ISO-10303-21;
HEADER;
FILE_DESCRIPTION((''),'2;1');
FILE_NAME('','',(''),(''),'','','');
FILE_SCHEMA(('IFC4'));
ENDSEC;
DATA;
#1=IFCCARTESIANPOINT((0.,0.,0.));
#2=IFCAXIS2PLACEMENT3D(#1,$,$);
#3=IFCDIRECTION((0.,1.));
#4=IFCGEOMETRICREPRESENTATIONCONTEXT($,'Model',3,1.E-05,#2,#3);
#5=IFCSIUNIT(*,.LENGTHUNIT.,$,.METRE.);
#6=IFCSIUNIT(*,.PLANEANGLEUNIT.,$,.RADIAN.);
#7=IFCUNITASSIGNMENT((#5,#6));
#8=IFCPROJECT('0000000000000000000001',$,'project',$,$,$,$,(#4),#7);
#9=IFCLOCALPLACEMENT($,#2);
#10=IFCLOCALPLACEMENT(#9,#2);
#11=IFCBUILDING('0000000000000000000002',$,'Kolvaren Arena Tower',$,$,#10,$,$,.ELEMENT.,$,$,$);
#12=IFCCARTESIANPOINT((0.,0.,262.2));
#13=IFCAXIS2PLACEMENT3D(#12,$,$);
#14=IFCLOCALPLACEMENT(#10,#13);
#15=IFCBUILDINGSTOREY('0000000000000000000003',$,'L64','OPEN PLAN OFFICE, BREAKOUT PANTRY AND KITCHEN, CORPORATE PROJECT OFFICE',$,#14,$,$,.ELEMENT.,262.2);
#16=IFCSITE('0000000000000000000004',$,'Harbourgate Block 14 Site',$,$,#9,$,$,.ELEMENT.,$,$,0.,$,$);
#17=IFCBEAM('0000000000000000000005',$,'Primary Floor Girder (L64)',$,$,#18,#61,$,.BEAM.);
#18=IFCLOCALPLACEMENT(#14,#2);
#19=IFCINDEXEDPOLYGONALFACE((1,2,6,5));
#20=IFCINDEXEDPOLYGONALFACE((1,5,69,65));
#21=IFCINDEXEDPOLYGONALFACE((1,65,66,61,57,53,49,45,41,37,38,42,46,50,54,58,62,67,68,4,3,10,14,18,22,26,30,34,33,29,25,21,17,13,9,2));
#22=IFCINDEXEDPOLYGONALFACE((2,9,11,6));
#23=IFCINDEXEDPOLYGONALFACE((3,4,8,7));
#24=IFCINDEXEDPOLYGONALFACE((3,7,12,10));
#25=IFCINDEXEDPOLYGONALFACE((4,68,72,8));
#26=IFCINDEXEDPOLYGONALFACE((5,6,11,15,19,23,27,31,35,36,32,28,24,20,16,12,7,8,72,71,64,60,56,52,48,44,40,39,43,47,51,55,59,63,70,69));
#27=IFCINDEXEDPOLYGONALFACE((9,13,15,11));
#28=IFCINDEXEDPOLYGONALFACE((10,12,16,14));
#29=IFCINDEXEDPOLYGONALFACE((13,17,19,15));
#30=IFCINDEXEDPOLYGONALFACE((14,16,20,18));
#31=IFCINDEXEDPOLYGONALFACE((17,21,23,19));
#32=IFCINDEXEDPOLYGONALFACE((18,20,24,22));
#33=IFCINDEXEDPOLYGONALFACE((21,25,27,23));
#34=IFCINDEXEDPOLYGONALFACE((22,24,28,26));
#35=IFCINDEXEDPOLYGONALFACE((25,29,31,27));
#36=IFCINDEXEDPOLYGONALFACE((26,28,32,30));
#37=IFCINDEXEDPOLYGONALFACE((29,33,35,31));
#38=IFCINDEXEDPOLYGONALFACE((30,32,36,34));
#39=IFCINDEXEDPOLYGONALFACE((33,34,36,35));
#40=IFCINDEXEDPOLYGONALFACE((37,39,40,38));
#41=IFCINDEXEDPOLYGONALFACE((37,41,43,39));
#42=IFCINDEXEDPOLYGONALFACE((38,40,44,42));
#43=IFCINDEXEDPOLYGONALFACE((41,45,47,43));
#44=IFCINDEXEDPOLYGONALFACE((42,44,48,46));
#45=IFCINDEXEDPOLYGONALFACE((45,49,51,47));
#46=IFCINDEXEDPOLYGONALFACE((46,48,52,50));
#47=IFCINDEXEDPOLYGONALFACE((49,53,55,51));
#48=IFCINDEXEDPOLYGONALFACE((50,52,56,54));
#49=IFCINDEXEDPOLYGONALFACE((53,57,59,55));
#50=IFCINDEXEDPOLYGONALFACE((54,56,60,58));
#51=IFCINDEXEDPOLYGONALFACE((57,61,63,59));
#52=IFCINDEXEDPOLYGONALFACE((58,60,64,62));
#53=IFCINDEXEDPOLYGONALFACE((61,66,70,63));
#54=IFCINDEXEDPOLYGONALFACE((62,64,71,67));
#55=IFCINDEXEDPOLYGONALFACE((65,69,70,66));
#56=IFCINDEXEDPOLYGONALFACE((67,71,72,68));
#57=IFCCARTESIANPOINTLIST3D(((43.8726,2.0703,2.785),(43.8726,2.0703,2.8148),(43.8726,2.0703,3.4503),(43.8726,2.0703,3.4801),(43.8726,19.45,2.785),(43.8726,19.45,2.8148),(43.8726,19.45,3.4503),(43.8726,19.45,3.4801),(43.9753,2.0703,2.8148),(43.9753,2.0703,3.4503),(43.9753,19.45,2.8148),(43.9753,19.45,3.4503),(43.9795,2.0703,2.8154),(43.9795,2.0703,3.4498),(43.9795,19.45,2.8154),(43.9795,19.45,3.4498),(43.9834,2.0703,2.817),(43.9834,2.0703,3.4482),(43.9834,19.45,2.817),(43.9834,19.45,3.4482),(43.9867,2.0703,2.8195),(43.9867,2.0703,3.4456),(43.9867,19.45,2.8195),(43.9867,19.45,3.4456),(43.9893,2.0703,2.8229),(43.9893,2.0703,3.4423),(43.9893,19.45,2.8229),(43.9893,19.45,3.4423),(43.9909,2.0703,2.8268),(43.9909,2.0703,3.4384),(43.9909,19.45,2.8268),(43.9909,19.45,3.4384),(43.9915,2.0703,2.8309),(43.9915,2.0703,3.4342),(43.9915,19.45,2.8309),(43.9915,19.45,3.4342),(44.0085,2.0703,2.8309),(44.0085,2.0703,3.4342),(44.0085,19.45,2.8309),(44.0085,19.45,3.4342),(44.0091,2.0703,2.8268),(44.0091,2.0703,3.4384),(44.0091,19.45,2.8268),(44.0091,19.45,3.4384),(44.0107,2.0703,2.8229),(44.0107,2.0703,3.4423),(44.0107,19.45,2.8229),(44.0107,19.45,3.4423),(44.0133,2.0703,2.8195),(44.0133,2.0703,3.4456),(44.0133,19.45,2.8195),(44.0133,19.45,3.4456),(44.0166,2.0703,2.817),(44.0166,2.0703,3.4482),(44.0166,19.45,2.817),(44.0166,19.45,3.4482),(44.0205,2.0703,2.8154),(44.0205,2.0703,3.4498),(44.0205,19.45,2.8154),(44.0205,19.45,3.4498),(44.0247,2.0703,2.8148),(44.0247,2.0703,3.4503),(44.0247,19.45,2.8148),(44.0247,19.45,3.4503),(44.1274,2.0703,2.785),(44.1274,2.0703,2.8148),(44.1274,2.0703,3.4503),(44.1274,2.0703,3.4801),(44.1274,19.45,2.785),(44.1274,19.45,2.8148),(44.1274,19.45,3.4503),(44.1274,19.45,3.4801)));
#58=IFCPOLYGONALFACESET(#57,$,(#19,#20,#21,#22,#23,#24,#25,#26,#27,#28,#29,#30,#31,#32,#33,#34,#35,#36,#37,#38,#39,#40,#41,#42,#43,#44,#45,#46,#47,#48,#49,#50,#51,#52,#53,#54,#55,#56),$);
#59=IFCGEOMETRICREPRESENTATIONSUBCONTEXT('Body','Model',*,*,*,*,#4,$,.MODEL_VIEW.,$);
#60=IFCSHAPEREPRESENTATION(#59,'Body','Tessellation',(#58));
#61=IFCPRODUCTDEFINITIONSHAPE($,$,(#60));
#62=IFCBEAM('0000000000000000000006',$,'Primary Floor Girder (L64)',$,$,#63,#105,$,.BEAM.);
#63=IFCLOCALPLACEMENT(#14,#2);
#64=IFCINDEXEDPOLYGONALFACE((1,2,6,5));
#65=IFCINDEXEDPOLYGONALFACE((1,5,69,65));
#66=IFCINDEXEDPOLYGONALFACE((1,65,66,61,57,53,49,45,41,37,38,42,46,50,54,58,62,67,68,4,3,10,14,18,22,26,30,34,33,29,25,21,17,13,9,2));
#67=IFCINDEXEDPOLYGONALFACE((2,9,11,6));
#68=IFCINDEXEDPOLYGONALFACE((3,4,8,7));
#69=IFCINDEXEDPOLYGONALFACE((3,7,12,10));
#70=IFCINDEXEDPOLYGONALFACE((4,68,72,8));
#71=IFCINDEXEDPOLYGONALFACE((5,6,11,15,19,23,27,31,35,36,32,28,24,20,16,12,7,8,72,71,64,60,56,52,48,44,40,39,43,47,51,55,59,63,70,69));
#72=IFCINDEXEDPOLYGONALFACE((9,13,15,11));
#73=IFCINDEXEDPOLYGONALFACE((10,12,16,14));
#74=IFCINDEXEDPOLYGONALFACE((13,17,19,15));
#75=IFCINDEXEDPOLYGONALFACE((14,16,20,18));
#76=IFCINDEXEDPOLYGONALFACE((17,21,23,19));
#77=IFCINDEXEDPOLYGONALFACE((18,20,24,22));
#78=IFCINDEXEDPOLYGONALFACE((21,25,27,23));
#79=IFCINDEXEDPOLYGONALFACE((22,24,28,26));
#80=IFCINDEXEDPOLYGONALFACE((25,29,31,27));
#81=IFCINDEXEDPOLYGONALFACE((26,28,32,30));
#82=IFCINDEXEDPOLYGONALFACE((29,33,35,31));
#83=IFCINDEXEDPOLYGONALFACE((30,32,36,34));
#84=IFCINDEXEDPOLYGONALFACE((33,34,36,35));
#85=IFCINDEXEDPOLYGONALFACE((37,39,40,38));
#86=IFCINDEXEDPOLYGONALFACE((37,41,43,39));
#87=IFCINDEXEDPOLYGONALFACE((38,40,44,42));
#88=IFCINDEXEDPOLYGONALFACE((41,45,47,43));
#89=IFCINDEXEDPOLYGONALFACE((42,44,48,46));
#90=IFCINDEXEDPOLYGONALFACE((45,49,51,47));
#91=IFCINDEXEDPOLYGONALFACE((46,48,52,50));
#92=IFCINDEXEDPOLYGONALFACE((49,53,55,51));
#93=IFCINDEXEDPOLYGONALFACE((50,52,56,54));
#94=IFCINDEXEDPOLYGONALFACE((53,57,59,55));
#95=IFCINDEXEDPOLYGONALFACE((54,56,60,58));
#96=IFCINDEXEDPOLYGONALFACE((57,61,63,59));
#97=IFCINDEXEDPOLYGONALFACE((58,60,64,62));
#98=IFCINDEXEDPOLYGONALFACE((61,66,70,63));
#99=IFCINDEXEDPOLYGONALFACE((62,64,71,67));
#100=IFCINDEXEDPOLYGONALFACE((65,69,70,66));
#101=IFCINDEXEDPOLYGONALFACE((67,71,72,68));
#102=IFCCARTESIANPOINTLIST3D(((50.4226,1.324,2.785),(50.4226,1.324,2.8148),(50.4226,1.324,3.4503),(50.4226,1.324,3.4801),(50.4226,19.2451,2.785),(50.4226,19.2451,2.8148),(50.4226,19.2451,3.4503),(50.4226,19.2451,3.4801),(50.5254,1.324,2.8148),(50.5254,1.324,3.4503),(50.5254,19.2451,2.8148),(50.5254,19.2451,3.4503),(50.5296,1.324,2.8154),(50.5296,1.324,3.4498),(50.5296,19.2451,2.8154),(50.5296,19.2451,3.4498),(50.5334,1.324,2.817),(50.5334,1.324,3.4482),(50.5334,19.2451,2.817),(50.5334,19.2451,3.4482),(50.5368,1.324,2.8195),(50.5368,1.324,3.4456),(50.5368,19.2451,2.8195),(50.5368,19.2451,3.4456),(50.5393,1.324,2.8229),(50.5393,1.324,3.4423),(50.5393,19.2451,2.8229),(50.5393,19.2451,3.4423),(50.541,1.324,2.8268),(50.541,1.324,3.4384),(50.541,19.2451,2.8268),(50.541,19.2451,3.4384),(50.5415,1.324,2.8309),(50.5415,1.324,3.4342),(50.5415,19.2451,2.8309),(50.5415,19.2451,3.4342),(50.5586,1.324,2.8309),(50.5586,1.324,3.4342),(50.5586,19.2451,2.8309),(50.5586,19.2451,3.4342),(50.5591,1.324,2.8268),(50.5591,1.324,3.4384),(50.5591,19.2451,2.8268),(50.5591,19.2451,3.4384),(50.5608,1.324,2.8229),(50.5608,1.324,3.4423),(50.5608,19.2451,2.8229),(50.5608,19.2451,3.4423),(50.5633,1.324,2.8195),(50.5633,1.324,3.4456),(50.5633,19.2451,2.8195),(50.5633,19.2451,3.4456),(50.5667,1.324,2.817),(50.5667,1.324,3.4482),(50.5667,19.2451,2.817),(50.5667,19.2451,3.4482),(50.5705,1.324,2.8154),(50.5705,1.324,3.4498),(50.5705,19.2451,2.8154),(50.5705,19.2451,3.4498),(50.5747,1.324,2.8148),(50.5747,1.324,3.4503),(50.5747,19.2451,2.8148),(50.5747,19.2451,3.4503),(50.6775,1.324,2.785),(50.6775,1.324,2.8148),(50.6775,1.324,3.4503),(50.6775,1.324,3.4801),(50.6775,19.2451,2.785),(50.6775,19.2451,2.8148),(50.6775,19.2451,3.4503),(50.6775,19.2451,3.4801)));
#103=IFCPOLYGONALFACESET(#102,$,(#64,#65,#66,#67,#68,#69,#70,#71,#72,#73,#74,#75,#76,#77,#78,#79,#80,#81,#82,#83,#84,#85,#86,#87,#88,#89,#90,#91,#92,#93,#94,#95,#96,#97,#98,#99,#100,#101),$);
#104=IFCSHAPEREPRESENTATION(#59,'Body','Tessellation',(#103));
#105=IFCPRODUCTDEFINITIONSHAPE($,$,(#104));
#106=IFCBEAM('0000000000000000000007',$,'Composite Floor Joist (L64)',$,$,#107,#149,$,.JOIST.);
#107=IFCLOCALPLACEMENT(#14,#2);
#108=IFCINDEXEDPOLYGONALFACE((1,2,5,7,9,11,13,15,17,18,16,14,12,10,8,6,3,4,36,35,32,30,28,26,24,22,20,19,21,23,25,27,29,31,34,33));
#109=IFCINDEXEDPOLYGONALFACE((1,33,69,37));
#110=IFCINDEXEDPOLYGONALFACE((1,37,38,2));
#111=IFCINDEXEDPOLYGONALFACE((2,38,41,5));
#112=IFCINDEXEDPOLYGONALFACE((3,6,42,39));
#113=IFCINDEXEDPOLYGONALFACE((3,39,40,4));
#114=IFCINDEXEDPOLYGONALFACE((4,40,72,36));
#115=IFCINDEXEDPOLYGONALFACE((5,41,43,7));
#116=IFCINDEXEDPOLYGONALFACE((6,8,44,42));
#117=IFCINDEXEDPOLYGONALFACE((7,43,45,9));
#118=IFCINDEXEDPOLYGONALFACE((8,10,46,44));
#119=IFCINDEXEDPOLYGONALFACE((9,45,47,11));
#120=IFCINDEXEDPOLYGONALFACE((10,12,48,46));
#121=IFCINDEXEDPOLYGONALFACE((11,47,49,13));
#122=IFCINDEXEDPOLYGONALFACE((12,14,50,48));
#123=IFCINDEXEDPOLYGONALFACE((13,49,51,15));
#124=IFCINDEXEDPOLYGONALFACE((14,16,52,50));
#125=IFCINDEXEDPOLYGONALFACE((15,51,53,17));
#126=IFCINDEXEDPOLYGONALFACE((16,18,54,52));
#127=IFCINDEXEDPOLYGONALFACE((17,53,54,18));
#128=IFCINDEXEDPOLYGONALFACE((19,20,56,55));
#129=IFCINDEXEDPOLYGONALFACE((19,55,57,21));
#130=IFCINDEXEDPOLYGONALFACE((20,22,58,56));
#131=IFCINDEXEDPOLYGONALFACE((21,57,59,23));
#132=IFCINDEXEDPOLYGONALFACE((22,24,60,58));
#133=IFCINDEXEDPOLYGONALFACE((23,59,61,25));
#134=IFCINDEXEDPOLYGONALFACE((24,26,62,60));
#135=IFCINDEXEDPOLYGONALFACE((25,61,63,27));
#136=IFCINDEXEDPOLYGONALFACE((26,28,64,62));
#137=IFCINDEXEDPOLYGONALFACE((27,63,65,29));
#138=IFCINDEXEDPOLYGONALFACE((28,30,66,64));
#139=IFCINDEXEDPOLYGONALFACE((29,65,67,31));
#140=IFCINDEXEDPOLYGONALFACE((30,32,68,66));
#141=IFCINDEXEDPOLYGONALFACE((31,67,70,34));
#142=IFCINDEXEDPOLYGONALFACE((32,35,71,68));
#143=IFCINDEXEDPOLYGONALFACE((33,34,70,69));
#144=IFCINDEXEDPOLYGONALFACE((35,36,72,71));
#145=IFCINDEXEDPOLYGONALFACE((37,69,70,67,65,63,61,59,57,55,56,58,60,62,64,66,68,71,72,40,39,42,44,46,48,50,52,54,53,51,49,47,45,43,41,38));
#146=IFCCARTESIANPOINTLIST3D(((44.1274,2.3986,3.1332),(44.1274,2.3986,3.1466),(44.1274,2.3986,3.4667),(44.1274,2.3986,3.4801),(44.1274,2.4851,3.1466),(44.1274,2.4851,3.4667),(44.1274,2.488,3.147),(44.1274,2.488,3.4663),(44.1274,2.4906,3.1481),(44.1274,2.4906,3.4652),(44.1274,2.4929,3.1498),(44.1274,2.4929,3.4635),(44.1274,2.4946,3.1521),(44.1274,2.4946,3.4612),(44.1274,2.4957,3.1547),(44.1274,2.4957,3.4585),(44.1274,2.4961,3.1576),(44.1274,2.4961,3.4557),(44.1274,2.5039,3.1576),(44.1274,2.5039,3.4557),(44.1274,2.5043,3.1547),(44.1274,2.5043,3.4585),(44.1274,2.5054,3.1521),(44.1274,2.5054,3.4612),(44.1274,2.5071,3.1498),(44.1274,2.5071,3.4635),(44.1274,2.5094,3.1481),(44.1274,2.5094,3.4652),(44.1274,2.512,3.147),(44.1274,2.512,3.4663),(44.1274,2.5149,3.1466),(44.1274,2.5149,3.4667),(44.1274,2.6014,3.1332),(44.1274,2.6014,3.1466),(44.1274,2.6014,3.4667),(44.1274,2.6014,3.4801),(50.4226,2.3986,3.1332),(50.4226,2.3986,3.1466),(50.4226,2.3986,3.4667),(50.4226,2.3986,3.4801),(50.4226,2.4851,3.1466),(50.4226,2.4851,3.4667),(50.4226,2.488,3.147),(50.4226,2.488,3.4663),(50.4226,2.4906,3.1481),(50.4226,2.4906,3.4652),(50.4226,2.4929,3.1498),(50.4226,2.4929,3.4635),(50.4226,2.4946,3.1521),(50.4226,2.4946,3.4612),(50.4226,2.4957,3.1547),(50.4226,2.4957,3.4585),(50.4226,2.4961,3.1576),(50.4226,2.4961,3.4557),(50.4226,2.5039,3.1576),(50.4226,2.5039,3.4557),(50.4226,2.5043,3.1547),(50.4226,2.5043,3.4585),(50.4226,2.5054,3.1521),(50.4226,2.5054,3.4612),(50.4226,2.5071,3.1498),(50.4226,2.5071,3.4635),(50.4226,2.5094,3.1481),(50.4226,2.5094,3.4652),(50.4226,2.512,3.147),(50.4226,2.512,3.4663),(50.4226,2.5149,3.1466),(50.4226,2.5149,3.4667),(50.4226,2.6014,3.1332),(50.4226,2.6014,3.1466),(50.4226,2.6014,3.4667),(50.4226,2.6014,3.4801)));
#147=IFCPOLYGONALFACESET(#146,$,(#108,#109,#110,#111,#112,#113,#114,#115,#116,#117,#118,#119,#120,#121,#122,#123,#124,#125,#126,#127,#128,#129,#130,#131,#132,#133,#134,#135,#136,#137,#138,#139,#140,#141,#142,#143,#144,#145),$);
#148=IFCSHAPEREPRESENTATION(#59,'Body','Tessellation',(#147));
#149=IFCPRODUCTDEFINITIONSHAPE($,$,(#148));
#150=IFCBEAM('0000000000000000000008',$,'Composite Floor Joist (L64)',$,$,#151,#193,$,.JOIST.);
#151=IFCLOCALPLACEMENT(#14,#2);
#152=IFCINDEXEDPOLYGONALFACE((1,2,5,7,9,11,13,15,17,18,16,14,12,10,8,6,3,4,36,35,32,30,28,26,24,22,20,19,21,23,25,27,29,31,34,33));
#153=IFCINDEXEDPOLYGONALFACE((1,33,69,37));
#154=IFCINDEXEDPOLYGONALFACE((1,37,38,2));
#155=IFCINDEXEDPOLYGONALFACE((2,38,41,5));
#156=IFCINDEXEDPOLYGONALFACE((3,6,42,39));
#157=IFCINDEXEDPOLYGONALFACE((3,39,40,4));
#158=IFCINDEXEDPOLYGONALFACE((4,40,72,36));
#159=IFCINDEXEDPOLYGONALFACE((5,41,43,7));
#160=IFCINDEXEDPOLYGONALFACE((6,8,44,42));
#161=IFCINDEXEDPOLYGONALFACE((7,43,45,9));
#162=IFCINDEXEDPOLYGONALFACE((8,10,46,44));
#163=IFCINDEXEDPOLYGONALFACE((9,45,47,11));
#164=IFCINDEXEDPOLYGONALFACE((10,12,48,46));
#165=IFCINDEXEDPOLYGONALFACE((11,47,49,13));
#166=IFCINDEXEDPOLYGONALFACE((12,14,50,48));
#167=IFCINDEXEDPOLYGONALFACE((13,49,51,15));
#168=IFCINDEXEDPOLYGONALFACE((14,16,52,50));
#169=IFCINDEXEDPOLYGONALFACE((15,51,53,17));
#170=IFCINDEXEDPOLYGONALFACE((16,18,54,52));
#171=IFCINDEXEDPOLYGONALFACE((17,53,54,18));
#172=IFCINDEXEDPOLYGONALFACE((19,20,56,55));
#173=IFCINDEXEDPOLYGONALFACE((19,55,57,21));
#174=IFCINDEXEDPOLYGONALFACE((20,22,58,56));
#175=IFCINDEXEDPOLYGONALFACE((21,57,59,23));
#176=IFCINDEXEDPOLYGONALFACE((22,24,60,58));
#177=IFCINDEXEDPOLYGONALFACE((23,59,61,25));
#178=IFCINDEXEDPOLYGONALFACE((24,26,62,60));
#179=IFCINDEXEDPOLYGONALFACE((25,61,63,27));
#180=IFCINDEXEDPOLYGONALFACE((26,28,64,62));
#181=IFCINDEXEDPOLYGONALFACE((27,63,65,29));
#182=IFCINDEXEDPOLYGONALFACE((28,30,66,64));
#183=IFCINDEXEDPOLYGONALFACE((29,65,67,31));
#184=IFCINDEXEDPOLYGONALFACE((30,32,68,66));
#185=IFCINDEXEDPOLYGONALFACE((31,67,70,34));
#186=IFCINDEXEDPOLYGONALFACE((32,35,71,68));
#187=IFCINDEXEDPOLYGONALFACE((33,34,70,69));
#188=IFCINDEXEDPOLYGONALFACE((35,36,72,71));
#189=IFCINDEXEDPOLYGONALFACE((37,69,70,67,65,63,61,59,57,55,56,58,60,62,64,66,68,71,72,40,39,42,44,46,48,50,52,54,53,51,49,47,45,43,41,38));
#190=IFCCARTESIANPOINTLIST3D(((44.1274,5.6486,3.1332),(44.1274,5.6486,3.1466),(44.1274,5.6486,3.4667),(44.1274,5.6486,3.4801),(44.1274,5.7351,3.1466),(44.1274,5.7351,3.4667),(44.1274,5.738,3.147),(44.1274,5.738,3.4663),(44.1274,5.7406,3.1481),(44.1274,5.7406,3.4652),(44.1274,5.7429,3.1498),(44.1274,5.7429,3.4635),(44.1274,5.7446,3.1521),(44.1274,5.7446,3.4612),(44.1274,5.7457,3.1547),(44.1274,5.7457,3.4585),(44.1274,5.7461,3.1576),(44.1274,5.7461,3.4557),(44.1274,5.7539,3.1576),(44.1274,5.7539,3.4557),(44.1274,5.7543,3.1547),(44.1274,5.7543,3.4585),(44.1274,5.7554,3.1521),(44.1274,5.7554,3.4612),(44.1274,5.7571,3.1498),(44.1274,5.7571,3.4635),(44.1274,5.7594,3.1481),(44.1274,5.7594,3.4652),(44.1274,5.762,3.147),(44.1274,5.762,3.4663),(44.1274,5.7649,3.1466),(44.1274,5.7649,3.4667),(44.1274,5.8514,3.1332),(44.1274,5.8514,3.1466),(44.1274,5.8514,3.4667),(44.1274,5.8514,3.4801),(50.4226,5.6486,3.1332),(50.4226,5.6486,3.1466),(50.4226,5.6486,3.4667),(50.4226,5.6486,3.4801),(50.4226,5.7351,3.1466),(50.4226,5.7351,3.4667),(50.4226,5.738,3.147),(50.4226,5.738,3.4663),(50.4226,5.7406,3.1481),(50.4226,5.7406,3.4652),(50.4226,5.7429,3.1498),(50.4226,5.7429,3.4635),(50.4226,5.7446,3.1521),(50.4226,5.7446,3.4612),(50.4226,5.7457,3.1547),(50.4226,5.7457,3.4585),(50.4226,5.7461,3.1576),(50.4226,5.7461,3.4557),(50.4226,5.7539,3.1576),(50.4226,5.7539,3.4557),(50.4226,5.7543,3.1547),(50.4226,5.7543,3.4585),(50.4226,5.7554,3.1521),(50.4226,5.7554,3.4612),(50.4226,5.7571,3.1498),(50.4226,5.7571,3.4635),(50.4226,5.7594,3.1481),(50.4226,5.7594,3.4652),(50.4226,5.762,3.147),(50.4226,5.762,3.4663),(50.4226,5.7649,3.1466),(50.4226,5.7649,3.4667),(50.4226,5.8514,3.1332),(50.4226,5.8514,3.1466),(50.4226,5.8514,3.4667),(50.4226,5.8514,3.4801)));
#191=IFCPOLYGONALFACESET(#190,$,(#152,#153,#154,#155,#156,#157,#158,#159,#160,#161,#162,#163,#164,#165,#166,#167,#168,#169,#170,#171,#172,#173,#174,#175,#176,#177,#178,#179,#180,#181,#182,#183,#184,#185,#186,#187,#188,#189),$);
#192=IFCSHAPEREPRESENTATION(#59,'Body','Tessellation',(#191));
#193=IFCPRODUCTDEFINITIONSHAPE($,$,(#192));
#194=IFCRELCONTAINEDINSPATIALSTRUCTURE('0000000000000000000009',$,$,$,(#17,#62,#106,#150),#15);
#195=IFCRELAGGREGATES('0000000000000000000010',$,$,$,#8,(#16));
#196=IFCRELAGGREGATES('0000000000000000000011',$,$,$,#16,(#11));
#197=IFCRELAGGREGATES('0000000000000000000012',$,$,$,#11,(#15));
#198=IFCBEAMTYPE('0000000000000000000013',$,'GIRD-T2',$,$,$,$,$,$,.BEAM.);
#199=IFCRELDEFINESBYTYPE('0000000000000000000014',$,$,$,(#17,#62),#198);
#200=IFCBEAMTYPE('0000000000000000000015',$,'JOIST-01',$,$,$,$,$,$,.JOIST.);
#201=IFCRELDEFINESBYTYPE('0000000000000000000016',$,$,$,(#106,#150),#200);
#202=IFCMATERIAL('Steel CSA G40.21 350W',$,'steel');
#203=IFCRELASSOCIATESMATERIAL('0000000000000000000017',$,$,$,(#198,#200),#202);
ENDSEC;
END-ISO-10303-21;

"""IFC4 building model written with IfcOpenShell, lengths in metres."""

from ifc_helpers import new_model, si_unit, direction, frame, origin, origin_2d, place, context, subcontext, project, spatial, i_section, extrude, material, material_profile, profile_set, type_object, element, save


model = new_model("IFC4")

# Units and contexts
model_context = context("Model", 3, precision=1e-05, world=origin(), true_north=direction((0.0, 1.0)))
body_context = subcontext(model_context, "Body", "Model", "MODEL_VIEW")
ifc_project = project(units=[si_unit("LENGTHUNIT", "METRE"), si_unit("PLANEANGLEUNIT", "RADIAN")], contexts=[model_context])

# Site, building, storey
site_placement = place(None, origin())
site = spatial("IfcSite", under=ifc_project, at=site_placement, Name="Harbourgate Block 14 Site", CompositionType="ELEMENT", RefElevation=0.0)
building_placement = place(site_placement, origin())
building = spatial("IfcBuilding", under=site, at=building_placement, Name="Kolvaren Arena Tower", CompositionType="ELEMENT")
storey_placement = place(building_placement, frame((0.0, 0.0, 262.2)))
storey = spatial("IfcBuildingStorey", under=building, at=storey_placement, Name="L64", Description="OPEN PLAN OFFICE, BREAKOUT PANTRY AND KITCHEN, CORPORATE PROJECT OFFICE", CompositionType="ELEMENT", Elevation=262.2)

# Beams
ifc_material_1 = material(Name="Steel CSA G40.21 350W", Category="steel")
ifc_material_profile_1 = material_profile(ifc_material_1, i_section(OverallWidth=0.2549, OverallDepth=0.6951, WebThickness=0.0171, FlangeThickness=0.0298, FilletRadius=0.0161, at=origin_2d()), Name="W690x217")
ifc_profile_set_1 = profile_set([ifc_material_profile_1], Name="Steel CSA G40.21 350W")
beam_type_1 = type_object("IfcBeamType", Name="GIRD-T2", PredefinedType="BEAM", material=ifc_profile_set_1)
beam_1_placement = place(storey_placement, frame((44.0, 2.0703, 3.1326), z_axis=(0.0, 1.0, 0.0), x_axis=(-1.0, 0.0, 0.0)))
element("IfcBeam", 1, at=beam_1_placement, inside=storey, type_object=beam_type_1, Name="Primary Floor Girder (L64)", PredefinedType="BEAM", context=body_context, shape_type="SweptSolid", body=[
    extrude(i_section(OverallWidth=0.2549, OverallDepth=0.6951, WebThickness=0.0171, FlangeThickness=0.0298, FilletRadius=0.0161, at=origin_2d()), origin(), (0.0, 0.0, 1.0), 17.3796),
])
beam_2_placement = place(storey_placement, frame((50.55, 1.324, 3.1326), z_axis=(0.0, 1.0, 0.0), x_axis=(-1.0, 0.0, 0.0)))
element("IfcBeam", 2, at=beam_2_placement, inside=storey, type_object=beam_type_1, Name="Primary Floor Girder (L64)", PredefinedType="BEAM", context=body_context, shape_type="SweptSolid", body=[
    extrude(i_section(OverallWidth=0.2549, OverallDepth=0.6951, WebThickness=0.0171, FlangeThickness=0.0298, FilletRadius=0.0161, at=origin_2d()), origin(), (0.0, 0.0, 1.0), 17.9211),
])
ifc_material_profile_2 = material_profile(ifc_material_1, i_section(OverallWidth=0.2029, OverallDepth=0.3469, WebThickness=0.0078, FlangeThickness=0.0134, FilletRadius=0.011, at=origin_2d()), Name="W360x64")
ifc_profile_set_2 = profile_set([ifc_material_profile_2], Name="Steel CSA G40.21 350W")
beam_type_2 = type_object("IfcBeamType", Name="JOIST-01", PredefinedType="JOIST", material=ifc_profile_set_2)
for number, where, z_axis, x_axis, name in (
    (3, (44.1274, 2.5, 3.3066), (1.0, 0.0, 0.0), (0.0, 1.0, 0.0), "Composite Floor Joist (L64)"),
    (4, (44.1274, 5.75, 3.3066), (1.0, 0.0, 0.0), (0.0, 1.0, 0.0), "Composite Floor Joist (L64)"),
):
    element("IfcBeam", number, at=place(storey_placement, frame(where, z_axis=z_axis, x_axis=x_axis)), inside=storey, type_object=beam_type_2, Name=name, PredefinedType="JOIST", context=body_context, shape_type="SweptSolid", body=[
        extrude(i_section(OverallWidth=0.2029, OverallDepth=0.3469, WebThickness=0.0078, FlangeThickness=0.0134, FilletRadius=0.011, at=origin_2d()), origin(), (0.0, 0.0, 1.0), 6.2952),
    ])

save(model, "model.ifc")
